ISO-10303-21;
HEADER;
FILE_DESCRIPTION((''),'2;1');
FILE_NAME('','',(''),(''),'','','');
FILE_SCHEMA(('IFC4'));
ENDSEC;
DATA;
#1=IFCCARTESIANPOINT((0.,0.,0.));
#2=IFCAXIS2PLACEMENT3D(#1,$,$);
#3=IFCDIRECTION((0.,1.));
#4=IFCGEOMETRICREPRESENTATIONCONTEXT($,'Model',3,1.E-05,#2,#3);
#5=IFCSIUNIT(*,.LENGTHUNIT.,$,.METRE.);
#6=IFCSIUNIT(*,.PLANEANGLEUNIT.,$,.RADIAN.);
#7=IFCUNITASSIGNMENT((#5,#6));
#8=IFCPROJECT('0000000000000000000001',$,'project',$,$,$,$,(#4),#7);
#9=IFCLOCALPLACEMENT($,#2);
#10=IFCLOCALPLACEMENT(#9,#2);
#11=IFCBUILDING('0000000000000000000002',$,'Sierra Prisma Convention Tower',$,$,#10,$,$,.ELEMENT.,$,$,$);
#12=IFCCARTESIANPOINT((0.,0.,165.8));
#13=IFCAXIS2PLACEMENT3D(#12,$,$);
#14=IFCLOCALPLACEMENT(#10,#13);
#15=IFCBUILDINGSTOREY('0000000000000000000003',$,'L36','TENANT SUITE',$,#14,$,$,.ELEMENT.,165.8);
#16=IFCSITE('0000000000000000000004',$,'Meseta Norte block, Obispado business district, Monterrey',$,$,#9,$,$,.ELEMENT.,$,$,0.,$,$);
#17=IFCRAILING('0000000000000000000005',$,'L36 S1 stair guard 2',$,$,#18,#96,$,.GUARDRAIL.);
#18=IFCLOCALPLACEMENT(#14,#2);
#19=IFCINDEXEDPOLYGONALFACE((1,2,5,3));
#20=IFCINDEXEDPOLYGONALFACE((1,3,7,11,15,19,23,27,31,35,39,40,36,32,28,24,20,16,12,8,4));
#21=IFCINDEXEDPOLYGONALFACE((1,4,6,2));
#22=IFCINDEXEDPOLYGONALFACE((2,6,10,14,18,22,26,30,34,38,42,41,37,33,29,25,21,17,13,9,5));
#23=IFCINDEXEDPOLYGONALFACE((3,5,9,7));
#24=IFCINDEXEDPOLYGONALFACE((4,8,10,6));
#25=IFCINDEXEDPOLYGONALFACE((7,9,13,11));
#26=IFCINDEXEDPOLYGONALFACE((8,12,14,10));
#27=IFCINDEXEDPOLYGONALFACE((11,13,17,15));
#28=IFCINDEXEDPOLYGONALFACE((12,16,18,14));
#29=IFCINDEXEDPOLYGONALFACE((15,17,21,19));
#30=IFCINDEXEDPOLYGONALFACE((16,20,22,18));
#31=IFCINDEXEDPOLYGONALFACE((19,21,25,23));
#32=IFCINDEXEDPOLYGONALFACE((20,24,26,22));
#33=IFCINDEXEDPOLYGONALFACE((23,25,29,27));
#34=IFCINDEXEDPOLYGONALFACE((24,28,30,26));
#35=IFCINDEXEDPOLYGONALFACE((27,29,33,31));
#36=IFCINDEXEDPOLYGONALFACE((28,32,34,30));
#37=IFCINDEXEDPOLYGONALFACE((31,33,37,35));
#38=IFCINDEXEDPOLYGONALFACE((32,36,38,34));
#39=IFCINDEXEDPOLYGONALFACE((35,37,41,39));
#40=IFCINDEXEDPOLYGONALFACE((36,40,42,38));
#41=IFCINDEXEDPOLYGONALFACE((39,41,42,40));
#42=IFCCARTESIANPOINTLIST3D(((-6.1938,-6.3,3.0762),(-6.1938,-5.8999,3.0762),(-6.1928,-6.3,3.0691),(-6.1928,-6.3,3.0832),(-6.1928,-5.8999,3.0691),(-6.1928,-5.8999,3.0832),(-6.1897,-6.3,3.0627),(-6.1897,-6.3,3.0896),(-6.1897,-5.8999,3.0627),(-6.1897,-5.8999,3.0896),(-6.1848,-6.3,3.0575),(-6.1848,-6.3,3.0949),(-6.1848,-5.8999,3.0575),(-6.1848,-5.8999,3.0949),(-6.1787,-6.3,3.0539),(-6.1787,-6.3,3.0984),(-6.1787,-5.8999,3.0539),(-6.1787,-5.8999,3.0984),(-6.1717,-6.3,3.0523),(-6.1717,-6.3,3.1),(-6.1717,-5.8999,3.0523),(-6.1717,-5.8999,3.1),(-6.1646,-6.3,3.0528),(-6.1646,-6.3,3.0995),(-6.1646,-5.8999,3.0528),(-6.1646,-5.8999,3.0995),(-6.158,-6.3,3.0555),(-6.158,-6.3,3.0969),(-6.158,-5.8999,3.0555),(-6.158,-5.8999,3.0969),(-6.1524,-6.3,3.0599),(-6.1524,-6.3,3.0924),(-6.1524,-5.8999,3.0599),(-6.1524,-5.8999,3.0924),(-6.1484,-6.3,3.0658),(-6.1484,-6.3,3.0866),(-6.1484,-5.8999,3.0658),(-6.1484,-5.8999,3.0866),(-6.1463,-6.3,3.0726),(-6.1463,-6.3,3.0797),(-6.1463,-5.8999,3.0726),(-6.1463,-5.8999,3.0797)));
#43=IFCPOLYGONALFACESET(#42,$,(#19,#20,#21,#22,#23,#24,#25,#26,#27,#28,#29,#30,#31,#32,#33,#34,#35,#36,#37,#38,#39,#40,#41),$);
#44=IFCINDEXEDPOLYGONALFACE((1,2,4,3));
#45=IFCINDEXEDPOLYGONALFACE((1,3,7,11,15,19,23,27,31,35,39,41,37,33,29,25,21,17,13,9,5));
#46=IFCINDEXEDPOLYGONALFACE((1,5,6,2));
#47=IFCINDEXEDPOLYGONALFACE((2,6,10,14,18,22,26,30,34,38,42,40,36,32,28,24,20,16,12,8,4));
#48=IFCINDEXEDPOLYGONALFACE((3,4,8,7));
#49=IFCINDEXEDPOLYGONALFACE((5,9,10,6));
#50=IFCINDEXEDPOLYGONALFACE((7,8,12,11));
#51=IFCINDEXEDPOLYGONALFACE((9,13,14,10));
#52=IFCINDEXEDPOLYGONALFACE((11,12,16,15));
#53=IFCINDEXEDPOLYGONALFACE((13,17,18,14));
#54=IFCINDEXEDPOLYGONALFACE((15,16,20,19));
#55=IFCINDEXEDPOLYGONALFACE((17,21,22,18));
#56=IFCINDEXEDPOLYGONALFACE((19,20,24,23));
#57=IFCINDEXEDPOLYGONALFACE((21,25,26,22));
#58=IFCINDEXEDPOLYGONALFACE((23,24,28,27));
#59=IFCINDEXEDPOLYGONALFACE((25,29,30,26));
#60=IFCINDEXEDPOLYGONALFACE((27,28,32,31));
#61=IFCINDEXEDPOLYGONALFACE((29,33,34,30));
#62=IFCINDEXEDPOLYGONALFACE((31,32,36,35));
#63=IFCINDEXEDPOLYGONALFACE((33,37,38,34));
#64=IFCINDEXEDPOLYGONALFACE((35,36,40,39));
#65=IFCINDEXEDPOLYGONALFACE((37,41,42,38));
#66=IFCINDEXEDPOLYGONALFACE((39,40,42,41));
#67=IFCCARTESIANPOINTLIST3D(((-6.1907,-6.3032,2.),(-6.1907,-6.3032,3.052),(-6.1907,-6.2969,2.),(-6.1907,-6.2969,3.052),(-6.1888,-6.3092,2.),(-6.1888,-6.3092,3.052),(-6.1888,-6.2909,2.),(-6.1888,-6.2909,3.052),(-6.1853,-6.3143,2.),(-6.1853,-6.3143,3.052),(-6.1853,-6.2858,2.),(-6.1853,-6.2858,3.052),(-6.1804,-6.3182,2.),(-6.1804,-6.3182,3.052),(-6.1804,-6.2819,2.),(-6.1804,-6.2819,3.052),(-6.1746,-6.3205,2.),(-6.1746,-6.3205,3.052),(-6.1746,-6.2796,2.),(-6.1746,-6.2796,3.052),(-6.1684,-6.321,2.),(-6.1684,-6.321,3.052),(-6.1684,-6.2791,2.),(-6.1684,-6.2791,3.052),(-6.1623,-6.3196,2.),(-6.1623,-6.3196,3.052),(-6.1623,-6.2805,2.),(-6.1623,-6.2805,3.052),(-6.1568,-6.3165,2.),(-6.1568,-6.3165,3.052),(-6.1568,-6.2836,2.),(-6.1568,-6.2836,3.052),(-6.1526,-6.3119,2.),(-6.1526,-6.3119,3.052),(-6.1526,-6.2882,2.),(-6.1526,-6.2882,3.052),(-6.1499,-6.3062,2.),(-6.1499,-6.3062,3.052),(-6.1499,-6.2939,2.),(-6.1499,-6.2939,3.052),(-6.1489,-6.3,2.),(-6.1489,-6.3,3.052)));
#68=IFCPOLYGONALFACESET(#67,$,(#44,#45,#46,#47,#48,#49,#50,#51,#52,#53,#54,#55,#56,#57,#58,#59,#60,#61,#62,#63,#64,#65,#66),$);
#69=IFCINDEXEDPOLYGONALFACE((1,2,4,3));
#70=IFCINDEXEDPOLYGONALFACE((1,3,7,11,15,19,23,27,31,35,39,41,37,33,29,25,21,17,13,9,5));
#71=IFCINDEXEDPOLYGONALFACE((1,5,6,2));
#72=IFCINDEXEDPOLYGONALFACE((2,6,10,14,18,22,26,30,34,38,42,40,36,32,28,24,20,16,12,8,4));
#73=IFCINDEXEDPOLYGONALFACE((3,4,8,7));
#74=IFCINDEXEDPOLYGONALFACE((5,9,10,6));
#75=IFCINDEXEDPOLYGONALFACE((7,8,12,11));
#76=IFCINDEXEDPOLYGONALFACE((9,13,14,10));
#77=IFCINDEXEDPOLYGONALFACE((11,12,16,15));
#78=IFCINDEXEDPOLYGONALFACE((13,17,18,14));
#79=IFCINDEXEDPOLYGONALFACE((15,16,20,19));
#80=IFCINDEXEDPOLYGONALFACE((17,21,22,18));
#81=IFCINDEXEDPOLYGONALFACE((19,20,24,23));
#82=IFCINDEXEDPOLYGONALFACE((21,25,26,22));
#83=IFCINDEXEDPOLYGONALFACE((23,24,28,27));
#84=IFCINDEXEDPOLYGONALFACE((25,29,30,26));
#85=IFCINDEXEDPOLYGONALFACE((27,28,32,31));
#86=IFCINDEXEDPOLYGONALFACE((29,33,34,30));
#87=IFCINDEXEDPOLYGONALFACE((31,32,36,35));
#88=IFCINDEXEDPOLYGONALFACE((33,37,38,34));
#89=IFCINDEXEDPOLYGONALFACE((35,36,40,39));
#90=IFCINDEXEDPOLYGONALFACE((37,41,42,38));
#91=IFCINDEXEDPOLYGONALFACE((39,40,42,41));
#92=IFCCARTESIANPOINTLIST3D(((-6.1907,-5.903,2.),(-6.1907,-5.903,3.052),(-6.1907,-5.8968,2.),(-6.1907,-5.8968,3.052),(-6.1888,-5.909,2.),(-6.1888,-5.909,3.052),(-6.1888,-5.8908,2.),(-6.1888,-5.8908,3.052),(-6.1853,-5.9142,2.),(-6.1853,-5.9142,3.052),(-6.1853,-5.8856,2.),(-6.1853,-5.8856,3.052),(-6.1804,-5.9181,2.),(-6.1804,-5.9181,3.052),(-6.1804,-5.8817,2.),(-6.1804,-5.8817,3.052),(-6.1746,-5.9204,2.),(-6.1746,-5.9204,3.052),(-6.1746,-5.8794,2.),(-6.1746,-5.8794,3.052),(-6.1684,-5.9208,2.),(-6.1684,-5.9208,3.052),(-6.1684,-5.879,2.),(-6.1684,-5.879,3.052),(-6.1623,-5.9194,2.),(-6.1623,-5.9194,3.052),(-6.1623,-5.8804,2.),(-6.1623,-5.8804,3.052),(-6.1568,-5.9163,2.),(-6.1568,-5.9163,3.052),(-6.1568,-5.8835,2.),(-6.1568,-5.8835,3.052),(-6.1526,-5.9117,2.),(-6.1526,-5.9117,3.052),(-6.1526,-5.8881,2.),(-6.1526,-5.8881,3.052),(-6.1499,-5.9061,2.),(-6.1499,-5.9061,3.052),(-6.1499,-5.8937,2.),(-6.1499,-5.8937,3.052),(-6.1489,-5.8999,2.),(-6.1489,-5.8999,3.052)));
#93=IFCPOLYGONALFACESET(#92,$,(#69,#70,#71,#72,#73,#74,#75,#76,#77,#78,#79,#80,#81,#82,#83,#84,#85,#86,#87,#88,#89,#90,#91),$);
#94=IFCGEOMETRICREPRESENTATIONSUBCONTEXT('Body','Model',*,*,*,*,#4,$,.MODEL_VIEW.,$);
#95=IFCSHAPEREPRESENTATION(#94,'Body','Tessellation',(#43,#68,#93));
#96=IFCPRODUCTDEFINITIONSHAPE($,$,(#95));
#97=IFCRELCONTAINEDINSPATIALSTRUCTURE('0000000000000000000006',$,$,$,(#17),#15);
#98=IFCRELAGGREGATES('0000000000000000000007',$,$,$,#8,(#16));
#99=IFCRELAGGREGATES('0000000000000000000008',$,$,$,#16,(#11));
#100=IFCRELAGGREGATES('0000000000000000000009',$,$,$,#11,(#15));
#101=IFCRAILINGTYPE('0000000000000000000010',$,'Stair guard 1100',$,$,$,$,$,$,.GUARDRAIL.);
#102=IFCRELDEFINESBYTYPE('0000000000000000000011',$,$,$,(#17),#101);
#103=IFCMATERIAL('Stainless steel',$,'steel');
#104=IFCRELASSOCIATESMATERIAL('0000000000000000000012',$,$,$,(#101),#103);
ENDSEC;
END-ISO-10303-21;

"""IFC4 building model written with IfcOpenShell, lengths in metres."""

from ifc_helpers import new_model, si_unit, direction, frame, origin, origin_2d, place, context, subcontext, project, spatial, circle, extrude, material, type_object, element, save


model = new_model("IFC4")

# Units and contexts
model_context = context("Model", 3, precision=1e-05, world=origin(), true_north=direction((0.0, 1.0)))
body_context = subcontext(model_context, "Body", "Model", "MODEL_VIEW")
ifc_project = project(units=[si_unit("LENGTHUNIT", "METRE"), si_unit("PLANEANGLEUNIT", "RADIAN")], contexts=[model_context])

# Site, building, storey
site_placement = place(None, origin())
site = spatial("IfcSite", under=ifc_project, at=site_placement, Name="Meseta Norte block, Obispado business district, Monterrey", CompositionType="ELEMENT", RefElevation=0.0)
building_placement = place(site_placement, origin())
building = spatial("IfcBuilding", under=site, at=building_placement, Name="Sierra Prisma Convention Tower", CompositionType="ELEMENT")
storey_placement = place(building_placement, frame((0.0, 0.0, 165.8)))
storey = spatial("IfcBuildingStorey", under=building, at=storey_placement, Name="L36", Description="TENANT SUITE", CompositionType="ELEMENT", Elevation=165.8)

# Railing
ifc_material_1 = material(Name="Stainless steel", Category="steel")
railing_type_1 = type_object("IfcRailingType", Name="Stair guard 1100", PredefinedType="GUARDRAIL", material=ifc_material_1)
railing_1_placement = place(storey_placement, frame((-6.1699, -6.3, 2.0)))
element("IfcRailing", 1, at=railing_1_placement, inside=storey, type_object=railing_type_1, Name="L36 S1 stair guard 2", PredefinedType="GUARDRAIL", context=body_context, shape_type="SweptSolid", body=[
    extrude(circle(Radius=0.0239, at=origin_2d()), frame((0.0, 0.0, 1.0762), z_axis=(0.0, 1.0, 0.0), x_axis=(-1.0, 0.0, 0.0)), (0.0, 0.0, 1.0), 0.4001),
    extrude(circle(Radius=0.021, at=origin_2d()), origin(), (0.0, 0.0, 1.0), 1.052),
    extrude(circle(Radius=0.021, at=origin_2d()), frame((0.0, 0.4001, 0.0)), (0.0, 0.0, 1.0), 1.052),
])

save(model, "model.ifc")
